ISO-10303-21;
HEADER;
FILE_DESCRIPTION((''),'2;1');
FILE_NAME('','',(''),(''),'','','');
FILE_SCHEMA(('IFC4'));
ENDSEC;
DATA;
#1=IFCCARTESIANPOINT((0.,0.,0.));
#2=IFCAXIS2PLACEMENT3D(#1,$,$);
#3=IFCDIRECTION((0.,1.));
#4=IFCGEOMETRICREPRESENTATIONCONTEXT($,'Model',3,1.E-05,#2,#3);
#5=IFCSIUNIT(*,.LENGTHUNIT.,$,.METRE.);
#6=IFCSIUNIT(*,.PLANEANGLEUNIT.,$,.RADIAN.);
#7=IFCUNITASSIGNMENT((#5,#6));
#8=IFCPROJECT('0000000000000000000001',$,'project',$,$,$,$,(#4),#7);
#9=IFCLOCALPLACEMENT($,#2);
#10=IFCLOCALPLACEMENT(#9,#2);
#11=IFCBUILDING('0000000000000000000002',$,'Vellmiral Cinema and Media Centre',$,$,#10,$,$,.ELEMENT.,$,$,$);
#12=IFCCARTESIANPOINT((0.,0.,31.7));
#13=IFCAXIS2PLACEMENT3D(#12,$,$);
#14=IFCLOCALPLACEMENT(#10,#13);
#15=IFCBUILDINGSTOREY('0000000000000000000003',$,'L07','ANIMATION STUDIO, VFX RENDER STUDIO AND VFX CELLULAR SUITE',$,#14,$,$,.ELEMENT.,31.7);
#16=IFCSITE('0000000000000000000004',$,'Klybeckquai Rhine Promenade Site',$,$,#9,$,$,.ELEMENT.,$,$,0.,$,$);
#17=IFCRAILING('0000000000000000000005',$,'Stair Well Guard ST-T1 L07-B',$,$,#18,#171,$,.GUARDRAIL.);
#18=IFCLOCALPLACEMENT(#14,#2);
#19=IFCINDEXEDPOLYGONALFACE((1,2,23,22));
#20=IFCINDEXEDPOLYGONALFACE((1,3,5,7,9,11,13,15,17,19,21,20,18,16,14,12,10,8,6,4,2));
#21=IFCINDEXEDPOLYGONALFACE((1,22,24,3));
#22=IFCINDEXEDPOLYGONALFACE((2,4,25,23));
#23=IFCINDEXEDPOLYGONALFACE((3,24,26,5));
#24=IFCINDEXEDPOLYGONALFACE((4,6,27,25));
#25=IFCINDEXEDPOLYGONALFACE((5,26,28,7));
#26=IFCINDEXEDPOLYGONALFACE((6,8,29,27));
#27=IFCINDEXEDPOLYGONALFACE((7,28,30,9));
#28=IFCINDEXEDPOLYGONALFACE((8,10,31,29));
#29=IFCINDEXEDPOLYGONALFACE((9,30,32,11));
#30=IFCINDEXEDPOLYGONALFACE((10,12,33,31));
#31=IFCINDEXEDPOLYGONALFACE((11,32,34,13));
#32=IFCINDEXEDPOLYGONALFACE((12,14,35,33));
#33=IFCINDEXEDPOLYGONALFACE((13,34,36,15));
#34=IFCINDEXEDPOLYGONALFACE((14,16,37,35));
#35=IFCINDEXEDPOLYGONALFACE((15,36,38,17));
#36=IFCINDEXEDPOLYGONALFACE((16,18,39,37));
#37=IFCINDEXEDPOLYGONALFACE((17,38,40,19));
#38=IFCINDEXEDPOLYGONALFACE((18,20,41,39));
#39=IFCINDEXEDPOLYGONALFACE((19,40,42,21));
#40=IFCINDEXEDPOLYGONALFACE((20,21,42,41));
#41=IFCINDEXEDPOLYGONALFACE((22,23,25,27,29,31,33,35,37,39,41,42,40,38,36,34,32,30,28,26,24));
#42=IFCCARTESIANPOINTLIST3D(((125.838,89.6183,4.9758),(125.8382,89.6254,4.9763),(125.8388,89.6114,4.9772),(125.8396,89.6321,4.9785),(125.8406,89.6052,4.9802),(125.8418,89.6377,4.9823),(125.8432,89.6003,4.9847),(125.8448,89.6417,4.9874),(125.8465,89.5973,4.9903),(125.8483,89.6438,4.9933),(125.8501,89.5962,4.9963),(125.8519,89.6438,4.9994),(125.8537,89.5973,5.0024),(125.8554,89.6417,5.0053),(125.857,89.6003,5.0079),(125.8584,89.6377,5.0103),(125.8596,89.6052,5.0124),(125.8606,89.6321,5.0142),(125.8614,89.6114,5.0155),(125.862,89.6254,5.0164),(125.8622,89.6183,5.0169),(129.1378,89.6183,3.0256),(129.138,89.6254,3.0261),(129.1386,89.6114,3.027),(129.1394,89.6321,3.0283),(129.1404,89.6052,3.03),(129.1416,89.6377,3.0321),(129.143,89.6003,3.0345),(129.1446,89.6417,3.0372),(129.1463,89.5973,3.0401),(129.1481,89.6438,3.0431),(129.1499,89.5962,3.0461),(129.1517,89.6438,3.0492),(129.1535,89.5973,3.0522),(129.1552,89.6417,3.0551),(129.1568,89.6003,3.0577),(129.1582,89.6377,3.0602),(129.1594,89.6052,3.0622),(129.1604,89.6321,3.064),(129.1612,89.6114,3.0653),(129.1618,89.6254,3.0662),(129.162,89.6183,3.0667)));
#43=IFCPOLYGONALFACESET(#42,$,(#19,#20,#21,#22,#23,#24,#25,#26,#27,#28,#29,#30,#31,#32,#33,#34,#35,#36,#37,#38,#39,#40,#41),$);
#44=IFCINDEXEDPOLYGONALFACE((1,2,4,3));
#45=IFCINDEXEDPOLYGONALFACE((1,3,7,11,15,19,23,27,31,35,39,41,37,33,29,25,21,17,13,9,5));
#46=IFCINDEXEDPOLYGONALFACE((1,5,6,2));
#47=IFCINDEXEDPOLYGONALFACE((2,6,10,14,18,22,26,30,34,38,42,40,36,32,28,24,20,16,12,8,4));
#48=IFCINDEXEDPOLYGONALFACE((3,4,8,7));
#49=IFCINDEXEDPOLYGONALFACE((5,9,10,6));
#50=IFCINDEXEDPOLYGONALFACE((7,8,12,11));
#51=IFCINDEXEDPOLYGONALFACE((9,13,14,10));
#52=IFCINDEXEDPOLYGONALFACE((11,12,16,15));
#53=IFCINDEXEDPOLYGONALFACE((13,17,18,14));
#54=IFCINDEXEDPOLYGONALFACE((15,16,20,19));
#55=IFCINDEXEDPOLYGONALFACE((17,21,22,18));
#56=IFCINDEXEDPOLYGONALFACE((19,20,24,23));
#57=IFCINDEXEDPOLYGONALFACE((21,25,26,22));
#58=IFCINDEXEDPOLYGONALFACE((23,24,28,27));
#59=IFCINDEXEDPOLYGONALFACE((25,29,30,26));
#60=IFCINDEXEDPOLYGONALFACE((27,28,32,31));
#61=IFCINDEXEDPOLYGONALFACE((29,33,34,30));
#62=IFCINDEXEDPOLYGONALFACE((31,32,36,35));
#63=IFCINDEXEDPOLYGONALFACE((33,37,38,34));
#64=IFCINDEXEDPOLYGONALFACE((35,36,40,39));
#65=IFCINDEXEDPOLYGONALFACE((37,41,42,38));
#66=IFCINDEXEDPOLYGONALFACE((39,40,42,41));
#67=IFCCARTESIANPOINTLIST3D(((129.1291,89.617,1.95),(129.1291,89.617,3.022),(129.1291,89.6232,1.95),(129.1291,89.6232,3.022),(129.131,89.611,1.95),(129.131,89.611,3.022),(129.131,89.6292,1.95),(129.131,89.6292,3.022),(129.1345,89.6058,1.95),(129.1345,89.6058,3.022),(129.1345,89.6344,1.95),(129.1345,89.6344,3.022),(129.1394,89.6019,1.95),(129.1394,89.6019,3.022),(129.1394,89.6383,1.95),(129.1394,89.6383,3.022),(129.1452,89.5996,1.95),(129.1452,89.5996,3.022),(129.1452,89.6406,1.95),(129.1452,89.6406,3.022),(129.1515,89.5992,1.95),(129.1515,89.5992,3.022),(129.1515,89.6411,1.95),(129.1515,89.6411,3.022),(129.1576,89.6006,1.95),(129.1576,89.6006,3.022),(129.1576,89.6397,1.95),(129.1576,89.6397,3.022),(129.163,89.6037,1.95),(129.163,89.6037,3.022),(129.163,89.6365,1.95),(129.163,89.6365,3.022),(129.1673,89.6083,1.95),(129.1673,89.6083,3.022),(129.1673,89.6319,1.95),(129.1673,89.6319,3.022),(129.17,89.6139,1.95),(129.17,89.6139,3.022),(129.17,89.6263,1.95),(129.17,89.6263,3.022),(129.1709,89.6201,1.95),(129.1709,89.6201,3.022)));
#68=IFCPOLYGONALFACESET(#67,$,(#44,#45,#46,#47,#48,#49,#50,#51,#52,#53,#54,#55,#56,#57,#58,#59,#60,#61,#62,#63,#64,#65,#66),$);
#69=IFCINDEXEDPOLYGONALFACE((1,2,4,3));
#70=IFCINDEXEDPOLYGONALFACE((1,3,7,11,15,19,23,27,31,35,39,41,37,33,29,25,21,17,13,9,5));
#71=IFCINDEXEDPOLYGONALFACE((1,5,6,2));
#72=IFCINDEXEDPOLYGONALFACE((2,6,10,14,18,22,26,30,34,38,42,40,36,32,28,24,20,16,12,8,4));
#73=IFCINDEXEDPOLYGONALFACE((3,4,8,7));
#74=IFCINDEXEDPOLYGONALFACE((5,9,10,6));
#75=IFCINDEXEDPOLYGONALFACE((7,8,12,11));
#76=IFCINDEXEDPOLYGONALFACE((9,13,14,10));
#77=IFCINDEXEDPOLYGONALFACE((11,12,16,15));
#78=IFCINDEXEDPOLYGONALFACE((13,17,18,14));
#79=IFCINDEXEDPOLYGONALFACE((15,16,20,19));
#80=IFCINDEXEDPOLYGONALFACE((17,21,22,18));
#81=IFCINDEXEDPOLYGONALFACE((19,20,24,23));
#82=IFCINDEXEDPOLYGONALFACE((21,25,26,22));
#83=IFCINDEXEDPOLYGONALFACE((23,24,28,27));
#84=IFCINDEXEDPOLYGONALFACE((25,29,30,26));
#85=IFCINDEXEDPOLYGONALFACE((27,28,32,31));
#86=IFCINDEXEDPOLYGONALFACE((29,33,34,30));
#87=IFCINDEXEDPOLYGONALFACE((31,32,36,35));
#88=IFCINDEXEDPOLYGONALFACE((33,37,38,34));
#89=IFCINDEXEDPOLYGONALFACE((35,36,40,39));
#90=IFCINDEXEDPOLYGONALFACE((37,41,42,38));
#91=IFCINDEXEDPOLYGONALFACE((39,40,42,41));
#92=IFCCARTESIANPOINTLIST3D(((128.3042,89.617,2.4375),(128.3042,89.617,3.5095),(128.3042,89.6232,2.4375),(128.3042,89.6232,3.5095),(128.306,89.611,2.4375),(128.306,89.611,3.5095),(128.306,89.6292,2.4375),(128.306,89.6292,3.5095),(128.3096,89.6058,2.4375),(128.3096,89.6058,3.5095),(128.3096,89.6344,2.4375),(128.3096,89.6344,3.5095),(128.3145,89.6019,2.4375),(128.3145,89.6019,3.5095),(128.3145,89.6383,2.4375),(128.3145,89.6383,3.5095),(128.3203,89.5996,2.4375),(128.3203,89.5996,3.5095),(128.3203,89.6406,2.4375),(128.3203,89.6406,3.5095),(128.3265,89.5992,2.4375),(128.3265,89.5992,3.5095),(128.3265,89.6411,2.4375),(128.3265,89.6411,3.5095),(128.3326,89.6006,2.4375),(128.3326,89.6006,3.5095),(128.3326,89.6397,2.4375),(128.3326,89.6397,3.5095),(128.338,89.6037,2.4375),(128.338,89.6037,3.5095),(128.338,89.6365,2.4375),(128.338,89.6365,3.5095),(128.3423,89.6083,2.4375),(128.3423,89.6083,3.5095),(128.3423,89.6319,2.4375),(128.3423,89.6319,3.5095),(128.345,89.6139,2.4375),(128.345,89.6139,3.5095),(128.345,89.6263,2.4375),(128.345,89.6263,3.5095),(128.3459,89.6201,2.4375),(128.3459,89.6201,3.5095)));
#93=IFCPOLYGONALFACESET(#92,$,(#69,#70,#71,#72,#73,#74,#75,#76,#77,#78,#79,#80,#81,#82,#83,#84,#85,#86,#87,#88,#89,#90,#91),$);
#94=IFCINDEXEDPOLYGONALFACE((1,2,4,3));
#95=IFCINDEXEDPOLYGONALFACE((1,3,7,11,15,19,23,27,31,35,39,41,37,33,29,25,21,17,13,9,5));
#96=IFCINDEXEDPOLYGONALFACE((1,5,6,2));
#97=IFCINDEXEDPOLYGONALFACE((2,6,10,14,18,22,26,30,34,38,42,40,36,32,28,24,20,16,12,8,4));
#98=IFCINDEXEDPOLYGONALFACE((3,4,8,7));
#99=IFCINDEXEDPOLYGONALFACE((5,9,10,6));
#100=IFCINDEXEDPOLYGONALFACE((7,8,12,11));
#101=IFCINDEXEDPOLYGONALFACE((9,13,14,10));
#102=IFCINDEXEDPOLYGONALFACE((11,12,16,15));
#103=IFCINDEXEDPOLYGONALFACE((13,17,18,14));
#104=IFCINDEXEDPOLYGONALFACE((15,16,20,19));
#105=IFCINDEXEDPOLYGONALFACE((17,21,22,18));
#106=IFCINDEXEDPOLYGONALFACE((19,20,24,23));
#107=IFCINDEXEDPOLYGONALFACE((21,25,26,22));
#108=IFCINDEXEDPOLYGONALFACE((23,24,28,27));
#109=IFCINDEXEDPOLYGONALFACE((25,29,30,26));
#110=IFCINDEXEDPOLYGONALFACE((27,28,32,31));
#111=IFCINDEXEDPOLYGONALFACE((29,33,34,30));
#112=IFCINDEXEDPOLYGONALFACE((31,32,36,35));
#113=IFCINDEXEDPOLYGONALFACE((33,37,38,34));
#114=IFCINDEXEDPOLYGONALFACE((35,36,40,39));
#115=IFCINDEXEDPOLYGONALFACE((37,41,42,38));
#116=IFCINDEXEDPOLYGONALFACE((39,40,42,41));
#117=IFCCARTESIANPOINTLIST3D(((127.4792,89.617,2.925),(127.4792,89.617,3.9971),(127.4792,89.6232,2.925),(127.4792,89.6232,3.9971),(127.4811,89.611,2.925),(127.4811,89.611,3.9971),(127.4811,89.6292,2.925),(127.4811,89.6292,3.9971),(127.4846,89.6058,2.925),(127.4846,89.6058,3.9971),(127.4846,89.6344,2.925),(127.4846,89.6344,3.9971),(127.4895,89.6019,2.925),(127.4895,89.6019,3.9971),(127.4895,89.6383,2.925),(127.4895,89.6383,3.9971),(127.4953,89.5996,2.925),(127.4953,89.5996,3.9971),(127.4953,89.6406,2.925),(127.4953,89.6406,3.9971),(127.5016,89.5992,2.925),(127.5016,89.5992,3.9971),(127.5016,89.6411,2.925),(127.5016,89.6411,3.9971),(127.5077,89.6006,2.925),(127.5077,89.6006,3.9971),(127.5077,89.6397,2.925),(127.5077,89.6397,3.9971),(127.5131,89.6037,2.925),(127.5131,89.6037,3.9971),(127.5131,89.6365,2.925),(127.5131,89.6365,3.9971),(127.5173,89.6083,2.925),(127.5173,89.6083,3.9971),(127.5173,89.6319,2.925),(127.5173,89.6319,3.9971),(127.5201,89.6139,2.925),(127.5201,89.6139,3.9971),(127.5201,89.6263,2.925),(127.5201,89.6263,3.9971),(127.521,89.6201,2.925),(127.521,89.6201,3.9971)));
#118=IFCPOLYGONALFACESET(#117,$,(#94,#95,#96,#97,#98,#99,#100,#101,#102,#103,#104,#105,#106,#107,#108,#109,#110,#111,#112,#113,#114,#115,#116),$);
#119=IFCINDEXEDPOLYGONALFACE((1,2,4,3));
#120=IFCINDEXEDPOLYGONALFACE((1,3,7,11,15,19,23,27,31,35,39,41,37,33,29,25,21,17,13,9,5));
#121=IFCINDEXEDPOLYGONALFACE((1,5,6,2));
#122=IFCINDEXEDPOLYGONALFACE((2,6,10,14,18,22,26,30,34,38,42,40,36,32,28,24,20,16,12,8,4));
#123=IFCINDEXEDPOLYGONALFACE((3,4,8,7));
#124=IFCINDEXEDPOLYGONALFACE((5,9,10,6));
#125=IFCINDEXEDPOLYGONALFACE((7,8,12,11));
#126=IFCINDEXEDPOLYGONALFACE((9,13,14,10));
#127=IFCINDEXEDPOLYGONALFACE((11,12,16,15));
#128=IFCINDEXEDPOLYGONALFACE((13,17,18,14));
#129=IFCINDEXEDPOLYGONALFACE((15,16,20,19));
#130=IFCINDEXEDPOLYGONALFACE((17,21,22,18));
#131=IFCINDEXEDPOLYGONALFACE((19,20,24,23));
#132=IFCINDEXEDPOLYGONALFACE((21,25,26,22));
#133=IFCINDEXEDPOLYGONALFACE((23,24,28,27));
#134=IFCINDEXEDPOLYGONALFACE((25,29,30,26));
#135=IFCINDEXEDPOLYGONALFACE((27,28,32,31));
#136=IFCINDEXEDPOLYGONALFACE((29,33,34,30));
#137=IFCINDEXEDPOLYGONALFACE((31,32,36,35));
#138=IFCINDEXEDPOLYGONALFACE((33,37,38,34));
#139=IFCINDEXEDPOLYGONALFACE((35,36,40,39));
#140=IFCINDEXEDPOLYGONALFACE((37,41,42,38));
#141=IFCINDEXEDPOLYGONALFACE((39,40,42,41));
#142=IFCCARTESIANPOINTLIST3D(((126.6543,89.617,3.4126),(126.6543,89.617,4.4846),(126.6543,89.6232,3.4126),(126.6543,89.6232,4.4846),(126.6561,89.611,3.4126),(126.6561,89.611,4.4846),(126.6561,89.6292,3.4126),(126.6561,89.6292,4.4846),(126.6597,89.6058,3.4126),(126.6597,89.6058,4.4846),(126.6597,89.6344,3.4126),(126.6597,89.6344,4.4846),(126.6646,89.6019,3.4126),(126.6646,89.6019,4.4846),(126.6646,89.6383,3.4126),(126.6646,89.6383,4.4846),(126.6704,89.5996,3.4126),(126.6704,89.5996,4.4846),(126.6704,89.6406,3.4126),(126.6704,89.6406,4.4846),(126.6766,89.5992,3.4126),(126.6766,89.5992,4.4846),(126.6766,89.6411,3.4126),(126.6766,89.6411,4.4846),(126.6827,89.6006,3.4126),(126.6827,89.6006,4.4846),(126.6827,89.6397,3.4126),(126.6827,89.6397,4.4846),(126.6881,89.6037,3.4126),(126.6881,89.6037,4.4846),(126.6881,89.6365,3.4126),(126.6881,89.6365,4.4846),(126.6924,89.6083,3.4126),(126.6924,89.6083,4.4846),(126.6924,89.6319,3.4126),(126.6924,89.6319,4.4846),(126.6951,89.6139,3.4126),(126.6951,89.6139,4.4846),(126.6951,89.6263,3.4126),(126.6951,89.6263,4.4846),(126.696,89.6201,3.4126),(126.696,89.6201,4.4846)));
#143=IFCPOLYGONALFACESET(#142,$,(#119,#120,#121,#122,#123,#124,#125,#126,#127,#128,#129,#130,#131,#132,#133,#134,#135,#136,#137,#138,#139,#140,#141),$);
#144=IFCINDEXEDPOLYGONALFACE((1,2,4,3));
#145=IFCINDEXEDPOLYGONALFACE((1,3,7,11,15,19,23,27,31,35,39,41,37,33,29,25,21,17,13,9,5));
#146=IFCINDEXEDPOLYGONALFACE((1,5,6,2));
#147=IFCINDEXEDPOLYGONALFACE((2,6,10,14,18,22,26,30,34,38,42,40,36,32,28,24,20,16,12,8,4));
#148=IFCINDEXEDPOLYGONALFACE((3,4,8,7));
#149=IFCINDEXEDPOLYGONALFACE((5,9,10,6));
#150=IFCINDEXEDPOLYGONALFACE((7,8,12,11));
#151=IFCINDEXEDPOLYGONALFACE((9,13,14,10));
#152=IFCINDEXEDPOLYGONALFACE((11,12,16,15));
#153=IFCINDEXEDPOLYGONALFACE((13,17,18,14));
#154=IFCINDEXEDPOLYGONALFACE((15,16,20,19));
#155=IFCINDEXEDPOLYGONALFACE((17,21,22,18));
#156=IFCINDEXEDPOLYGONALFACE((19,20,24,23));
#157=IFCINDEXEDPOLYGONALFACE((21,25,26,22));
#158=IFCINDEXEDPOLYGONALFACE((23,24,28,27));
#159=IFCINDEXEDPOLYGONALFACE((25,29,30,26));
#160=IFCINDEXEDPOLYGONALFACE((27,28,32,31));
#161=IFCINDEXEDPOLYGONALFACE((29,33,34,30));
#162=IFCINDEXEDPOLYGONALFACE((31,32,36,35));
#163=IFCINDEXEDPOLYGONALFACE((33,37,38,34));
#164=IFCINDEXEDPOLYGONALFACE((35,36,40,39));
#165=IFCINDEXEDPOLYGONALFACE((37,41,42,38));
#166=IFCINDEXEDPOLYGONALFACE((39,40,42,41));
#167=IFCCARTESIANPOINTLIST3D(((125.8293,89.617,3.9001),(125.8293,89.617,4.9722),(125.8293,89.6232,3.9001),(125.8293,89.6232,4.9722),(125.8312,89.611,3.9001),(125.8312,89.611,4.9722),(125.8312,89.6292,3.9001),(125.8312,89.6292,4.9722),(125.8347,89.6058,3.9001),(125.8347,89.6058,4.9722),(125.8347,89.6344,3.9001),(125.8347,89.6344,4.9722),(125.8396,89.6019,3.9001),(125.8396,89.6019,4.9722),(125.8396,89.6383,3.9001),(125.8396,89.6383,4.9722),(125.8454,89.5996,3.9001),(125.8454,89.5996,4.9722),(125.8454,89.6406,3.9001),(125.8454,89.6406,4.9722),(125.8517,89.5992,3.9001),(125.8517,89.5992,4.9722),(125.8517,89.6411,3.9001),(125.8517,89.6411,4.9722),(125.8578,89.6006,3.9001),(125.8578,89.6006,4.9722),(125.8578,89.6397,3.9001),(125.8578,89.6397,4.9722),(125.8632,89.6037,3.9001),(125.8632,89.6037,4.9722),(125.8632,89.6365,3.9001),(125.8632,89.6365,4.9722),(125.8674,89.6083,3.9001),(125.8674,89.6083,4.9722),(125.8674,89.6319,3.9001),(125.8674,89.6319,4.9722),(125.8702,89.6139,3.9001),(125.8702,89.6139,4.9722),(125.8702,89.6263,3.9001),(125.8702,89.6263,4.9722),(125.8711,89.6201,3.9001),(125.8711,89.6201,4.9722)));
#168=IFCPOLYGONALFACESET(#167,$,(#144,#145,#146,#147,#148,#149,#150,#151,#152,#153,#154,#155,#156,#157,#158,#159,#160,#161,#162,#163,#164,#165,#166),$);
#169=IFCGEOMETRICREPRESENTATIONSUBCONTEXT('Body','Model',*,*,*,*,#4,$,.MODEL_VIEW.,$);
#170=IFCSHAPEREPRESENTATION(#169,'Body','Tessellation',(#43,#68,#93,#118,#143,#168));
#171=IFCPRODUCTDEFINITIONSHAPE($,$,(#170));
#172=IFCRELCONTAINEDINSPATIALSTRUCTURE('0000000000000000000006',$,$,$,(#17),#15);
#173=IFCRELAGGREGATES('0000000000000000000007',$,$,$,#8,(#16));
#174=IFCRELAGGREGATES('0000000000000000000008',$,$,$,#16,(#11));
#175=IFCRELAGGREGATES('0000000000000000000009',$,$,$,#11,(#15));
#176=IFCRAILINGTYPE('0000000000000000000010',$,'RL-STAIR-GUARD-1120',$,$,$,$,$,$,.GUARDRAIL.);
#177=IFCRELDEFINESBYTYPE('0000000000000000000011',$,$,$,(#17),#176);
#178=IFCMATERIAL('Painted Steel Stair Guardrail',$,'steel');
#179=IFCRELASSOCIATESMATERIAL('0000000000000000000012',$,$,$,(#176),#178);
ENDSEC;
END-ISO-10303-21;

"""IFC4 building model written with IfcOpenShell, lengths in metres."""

from ifc_helpers import new_model, si_unit, direction, frame, origin, origin_2d, place, context, subcontext, project, spatial, circle, extrude, material, type_object, element, save


model = new_model("IFC4")

# Units and contexts
model_context = context("Model", 3, precision=1e-05, world=origin(), true_north=direction((0.0, 1.0)))
body_context = subcontext(model_context, "Body", "Model", "MODEL_VIEW")
ifc_project = project(units=[si_unit("LENGTHUNIT", "METRE"), si_unit("PLANEANGLEUNIT", "RADIAN")], contexts=[model_context])

# Site, building, storey
site_placement = place(None, origin())
site = spatial("IfcSite", under=ifc_project, at=site_placement, Name="Klybeckquai Rhine Promenade Site", CompositionType="ELEMENT", RefElevation=0.0)
building_placement = place(site_placement, origin())
building = spatial("IfcBuilding", under=site, at=building_placement, Name="Vellmiral Cinema and Media Centre", CompositionType="ELEMENT")
storey_placement = place(building_placement, frame((0.0, 0.0, 31.7)))
storey = spatial("IfcBuildingStorey", under=building, at=storey_placement, Name="L07", Description="ANIMATION STUDIO, VFX RENDER STUDIO AND VFX CELLULAR SUITE", CompositionType="ELEMENT", Elevation=31.7)

# Railing
ifc_material_1 = material(Name="Painted Steel Stair Guardrail", Category="steel")
railing_type_1 = type_object("IfcRailingType", Name="RL-STAIR-GUARD-1120", PredefinedType="GUARDRAIL", material=ifc_material_1)
railing_1_placement = place(storey_placement, frame((129.1499, 89.6201, 1.95)))
element("IfcRailing", 1, at=railing_1_placement, inside=storey, type_object=railing_type_1, Name="Stair Well Guard ST-T1 L07-B", PredefinedType="GUARDRAIL", context=body_context, shape_type="SweptSolid", body=[
    extrude(circle(Radius=0.0239, at=origin_2d()), frame((0.0, 0.0, 1.0962), z_axis=(-0.860891, 0.0, 0.508789), x_axis=(0.0, -1.0, 0.0)), (0.0, 0.0, 1.0), 3.833),
    extrude(circle(Radius=0.021, at=origin_2d()), origin(), (0.0, 0.0, 1.0), 1.072),
    extrude(circle(Radius=0.021, at=origin_2d()), frame((-0.825, 0.0, 0.4875)), (0.0, 0.0, 1.0), 1.072),
    extrude(circle(Radius=0.021, at=origin_2d()), frame((-1.6499, 0.0, 0.9751)), (0.0, 0.0, 1.0), 1.072),
    extrude(circle(Radius=0.021, at=origin_2d()), frame((-2.4749, 0.0, 1.4626)), (0.0, 0.0, 1.0), 1.072),
    extrude(circle(Radius=0.021, at=origin_2d()), frame((-3.2998, 0.0, 1.9502)), (0.0, 0.0, 1.0), 1.072),
])

save(model, "model.ifc")
